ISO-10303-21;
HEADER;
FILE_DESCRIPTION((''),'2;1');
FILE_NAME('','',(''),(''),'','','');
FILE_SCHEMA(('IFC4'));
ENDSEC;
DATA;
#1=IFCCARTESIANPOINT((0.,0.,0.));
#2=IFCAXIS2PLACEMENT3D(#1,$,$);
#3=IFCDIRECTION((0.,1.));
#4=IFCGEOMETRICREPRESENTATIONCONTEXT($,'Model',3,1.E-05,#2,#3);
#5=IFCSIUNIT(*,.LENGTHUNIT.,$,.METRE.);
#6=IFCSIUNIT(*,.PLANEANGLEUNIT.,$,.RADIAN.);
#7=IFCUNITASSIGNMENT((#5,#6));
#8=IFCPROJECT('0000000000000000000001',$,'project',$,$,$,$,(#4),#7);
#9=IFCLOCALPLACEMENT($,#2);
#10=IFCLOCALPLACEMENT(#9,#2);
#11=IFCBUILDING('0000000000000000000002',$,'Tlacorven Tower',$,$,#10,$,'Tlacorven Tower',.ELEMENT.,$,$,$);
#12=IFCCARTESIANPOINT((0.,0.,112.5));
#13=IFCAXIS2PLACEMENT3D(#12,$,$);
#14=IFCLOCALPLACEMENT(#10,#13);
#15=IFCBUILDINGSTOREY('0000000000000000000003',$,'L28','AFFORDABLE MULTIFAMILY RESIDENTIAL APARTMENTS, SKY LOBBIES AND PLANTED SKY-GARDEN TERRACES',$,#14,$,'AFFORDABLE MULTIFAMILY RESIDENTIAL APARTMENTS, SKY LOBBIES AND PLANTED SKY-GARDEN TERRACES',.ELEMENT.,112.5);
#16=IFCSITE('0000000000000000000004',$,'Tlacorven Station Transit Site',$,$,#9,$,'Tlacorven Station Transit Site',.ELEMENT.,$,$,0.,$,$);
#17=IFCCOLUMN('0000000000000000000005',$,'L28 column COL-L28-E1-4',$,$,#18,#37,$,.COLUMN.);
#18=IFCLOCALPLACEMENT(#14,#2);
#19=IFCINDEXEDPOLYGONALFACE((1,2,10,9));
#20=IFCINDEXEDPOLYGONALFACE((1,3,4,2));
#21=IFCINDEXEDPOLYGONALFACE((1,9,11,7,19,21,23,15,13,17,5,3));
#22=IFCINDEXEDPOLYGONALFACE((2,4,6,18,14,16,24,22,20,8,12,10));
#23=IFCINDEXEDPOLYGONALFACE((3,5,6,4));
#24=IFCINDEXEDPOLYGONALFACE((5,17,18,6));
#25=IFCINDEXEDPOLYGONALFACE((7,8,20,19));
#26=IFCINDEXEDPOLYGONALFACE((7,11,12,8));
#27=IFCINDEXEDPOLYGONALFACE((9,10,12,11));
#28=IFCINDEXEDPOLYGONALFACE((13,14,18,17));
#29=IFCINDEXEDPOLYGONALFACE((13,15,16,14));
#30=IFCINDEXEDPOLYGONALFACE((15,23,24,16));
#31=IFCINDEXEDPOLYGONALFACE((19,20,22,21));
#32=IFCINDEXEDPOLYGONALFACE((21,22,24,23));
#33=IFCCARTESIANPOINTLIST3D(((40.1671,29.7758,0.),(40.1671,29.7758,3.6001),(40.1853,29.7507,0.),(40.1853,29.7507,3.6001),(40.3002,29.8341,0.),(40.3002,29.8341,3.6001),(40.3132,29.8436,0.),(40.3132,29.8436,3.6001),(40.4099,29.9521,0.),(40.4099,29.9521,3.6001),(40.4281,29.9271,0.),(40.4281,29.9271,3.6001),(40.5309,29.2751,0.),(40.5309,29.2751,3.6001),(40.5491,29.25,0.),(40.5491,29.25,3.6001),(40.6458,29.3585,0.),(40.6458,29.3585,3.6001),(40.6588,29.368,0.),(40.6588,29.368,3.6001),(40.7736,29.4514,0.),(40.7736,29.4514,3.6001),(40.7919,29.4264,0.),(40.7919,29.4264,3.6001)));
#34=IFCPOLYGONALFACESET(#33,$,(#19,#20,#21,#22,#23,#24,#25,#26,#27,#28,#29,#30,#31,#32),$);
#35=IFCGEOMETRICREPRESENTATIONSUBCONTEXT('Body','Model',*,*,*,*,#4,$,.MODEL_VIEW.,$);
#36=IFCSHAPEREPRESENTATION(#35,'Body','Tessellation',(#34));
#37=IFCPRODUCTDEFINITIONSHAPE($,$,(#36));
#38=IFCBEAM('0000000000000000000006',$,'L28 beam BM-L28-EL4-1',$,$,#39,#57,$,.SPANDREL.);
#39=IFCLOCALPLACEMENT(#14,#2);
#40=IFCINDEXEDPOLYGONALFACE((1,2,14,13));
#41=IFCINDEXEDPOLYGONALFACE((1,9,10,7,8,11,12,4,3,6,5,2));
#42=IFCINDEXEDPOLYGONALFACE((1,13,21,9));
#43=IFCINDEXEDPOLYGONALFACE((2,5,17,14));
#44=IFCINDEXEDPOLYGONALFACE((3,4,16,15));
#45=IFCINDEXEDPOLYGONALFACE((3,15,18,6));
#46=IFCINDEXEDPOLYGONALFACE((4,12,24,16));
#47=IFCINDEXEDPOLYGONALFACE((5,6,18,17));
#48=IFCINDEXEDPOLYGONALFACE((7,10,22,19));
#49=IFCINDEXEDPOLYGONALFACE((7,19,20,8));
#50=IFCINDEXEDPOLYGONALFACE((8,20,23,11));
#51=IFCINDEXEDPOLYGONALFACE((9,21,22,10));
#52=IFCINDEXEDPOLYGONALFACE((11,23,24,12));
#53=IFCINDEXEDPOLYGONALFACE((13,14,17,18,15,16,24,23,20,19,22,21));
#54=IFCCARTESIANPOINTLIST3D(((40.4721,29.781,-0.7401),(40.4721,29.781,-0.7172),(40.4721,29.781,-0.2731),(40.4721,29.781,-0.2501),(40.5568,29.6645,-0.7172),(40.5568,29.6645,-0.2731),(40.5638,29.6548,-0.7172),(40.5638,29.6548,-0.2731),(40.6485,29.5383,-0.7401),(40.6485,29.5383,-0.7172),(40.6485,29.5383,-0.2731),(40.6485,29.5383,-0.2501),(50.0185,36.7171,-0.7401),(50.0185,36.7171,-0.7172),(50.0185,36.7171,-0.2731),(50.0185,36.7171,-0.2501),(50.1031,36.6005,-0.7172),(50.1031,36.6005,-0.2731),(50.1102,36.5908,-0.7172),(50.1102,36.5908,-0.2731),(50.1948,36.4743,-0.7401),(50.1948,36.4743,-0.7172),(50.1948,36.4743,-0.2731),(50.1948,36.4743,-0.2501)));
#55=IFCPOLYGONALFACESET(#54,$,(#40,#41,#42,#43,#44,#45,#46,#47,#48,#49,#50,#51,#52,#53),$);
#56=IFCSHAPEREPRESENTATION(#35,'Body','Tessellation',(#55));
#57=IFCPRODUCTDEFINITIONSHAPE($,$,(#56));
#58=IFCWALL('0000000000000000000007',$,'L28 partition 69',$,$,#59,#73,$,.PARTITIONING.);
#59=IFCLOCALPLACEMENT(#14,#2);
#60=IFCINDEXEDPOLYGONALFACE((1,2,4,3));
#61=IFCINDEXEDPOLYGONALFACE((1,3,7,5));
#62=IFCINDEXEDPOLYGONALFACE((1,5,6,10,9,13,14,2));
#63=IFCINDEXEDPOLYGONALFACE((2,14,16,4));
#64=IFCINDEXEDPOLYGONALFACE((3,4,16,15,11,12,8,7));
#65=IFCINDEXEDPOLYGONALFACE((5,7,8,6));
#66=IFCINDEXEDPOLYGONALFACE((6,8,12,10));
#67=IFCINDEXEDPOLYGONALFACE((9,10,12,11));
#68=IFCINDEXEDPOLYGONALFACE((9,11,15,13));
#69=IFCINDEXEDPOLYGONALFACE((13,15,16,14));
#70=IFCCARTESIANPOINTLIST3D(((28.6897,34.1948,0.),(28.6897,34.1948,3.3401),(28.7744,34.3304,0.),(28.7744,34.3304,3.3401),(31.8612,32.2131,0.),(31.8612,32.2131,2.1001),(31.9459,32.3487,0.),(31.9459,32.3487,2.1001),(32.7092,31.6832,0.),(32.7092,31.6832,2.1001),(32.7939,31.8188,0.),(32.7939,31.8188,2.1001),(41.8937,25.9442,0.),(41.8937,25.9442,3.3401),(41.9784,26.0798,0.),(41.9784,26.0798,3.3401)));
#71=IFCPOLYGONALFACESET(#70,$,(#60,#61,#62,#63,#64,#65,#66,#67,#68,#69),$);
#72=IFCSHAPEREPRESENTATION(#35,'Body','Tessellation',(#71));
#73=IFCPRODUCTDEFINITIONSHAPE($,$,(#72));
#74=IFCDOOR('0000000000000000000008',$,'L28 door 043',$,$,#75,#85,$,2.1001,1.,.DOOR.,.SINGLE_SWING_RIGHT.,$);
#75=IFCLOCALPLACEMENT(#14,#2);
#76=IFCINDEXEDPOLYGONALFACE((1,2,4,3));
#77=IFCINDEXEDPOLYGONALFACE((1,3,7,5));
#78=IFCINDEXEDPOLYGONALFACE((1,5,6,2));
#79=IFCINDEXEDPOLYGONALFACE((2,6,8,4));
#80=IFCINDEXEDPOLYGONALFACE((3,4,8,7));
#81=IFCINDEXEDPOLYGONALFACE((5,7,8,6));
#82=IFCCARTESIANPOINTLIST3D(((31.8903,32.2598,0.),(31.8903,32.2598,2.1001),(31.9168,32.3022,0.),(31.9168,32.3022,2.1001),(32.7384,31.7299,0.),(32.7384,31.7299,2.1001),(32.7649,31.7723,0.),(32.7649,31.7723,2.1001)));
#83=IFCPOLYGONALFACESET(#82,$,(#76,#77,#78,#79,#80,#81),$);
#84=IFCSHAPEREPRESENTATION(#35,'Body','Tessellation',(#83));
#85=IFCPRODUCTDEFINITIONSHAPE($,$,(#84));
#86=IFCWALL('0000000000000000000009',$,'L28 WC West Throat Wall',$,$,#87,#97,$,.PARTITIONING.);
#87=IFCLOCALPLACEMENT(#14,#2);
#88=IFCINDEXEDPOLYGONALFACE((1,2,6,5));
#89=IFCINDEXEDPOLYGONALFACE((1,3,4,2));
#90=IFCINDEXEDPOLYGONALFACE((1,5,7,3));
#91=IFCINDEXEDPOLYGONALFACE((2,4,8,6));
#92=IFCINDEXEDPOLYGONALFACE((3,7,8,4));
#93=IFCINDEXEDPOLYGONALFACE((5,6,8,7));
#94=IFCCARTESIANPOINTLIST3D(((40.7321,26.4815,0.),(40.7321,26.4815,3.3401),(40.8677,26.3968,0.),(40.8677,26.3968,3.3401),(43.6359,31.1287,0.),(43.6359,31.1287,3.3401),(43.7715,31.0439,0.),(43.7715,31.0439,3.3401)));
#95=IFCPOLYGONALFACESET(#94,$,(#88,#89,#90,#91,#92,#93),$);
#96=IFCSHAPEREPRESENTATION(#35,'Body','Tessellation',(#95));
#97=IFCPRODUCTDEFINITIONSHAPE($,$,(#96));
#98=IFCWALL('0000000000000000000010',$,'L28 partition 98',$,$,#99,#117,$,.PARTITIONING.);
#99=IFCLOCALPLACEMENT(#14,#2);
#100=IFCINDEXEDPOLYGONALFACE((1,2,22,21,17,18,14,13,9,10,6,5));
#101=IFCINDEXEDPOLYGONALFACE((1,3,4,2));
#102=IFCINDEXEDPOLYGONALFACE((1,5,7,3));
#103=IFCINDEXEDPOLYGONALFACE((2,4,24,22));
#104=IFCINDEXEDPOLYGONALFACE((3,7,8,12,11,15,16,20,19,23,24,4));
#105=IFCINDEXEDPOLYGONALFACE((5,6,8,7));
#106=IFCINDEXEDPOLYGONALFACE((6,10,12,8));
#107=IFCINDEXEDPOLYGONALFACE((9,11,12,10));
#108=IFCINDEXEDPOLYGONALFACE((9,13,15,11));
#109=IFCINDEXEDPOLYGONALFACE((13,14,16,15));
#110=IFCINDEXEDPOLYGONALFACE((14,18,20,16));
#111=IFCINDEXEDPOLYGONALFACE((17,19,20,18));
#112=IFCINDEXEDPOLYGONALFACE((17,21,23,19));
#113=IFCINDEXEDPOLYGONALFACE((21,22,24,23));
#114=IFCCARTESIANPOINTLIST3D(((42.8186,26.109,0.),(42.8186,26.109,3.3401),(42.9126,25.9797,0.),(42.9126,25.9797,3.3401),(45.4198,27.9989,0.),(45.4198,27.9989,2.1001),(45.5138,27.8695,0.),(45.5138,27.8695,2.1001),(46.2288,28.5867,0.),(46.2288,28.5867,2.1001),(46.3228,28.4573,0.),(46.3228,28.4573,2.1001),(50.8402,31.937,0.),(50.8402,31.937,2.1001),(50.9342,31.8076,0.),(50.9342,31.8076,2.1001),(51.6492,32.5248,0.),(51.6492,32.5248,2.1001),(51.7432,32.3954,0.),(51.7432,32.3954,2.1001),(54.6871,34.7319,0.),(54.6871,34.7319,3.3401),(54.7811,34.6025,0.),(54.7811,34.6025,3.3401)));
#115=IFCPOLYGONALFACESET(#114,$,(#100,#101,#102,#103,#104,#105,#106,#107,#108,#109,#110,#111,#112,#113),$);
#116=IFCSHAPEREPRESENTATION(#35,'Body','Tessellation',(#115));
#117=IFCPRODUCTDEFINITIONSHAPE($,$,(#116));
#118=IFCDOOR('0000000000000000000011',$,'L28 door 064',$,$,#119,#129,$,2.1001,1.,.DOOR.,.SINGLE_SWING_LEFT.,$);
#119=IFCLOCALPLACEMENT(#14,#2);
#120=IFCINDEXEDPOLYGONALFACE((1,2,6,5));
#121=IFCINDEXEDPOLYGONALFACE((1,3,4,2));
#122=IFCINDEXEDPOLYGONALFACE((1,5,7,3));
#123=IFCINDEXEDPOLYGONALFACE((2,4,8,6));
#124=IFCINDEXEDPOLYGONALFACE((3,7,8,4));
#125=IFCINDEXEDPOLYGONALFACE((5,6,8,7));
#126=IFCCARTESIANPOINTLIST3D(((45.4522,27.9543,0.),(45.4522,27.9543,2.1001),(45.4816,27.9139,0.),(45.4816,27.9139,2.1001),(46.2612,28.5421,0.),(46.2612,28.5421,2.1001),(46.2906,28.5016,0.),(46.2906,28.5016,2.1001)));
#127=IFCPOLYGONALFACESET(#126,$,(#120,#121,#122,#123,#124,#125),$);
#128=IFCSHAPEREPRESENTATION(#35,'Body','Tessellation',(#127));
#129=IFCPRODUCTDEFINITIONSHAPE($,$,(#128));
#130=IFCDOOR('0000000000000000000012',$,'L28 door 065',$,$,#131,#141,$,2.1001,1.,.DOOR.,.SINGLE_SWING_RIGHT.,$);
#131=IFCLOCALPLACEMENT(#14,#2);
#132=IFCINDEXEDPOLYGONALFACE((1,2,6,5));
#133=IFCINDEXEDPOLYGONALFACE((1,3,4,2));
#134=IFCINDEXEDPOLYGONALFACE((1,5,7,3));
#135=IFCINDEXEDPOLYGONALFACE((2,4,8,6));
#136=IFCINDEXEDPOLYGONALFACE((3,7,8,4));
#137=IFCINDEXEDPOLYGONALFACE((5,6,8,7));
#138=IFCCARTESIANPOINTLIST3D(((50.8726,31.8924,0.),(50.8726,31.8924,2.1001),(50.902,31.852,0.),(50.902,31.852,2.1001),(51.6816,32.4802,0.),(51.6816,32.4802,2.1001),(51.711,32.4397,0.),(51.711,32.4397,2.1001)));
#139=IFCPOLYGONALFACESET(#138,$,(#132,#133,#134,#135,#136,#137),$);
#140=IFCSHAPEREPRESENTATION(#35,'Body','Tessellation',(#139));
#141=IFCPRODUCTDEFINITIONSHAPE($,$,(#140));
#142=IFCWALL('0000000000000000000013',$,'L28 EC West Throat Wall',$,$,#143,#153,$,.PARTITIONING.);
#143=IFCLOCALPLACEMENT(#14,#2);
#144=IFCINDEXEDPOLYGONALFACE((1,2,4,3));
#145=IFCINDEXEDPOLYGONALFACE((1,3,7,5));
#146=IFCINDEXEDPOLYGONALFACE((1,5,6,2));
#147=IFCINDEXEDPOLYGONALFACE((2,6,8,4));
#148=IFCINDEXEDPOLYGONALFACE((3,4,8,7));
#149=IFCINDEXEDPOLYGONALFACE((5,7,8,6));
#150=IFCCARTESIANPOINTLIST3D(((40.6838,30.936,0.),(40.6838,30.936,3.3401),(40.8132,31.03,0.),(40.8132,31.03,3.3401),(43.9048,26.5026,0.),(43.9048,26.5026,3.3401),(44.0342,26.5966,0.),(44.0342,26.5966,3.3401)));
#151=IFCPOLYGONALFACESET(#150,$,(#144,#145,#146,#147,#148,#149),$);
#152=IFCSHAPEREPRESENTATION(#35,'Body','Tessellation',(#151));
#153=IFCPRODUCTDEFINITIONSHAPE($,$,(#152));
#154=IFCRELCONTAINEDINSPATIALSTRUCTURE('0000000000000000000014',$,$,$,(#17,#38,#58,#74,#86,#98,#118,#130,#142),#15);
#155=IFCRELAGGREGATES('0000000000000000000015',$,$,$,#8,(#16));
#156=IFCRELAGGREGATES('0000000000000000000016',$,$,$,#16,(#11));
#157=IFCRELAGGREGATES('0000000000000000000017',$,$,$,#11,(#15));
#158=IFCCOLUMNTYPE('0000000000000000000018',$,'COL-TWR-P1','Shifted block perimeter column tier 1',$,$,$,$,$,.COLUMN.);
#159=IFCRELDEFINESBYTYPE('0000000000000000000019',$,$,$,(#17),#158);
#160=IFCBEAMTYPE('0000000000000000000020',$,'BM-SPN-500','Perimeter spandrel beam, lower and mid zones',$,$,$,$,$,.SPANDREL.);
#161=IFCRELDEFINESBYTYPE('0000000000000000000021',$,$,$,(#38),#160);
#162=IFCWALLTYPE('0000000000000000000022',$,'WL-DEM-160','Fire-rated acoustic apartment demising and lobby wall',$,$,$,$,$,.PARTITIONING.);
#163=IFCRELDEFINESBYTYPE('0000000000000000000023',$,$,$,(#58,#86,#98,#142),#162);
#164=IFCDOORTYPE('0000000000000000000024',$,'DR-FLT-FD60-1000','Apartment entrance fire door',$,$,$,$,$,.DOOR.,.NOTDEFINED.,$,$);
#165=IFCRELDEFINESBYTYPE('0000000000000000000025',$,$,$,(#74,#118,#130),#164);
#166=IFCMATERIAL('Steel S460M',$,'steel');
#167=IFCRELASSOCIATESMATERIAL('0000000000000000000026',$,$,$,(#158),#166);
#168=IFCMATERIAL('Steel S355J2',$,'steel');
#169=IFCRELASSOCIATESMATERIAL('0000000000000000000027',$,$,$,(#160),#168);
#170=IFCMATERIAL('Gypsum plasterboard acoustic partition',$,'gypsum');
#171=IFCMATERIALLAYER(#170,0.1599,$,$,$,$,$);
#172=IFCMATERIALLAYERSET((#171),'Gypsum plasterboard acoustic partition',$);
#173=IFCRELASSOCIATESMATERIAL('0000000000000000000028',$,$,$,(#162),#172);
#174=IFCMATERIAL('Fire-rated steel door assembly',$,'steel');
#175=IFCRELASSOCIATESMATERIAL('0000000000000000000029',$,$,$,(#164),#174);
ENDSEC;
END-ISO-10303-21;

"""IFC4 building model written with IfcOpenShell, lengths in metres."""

from ifc_helpers import new_model, si_unit, direction, frame, frame_2d, origin, origin_2d, place, context, subcontext, project, spatial, rectangle, i_section, extrude, source, transform, mapped, material, layer, layer_set, material_profile, profile_set, type_object, element, fill, save


model = new_model("IFC4")

# Units and contexts
model_context = context("Model", 3, precision=1e-05, world=origin(), true_north=direction((0.0, 1.0)))
body_context = subcontext(model_context, "Body", "Model", "MODEL_VIEW")
ifc_project = project(units=[si_unit("LENGTHUNIT", "METRE"), si_unit("PLANEANGLEUNIT", "RADIAN")], contexts=[model_context])

# Site, building, storey
site_placement = place(None, origin())
site = spatial("IfcSite", under=ifc_project, at=site_placement, Name="Tlacorven Station Transit Site", LongName="Tlacorven Station Transit Site", CompositionType="ELEMENT", RefElevation=0.0)
building_placement = place(site_placement, origin())
building = spatial("IfcBuilding", under=site, at=building_placement, Name="Tlacorven Tower", LongName="Tlacorven Tower", CompositionType="ELEMENT")
storey_placement = place(building_placement, frame((0.0, 0.0, 112.5)))
storey = spatial("IfcBuildingStorey", under=building, at=storey_placement, Name="L28", Description="AFFORDABLE MULTIFAMILY RESIDENTIAL APARTMENTS, SKY LOBBIES AND PLANTED SKY-GARDEN TERRACES", LongName="AFFORDABLE MULTIFAMILY RESIDENTIAL APARTMENTS, SKY LOBBIES AND PLANTED SKY-GARDEN TERRACES", CompositionType="ELEMENT", Elevation=112.5)

# Column
ifc_material_1 = material(Name="Steel S460M", Category="steel")
ifc_material_profile_1 = material_profile(ifc_material_1, i_section(OverallWidth=0.3, OverallDepth=0.6499, WebThickness=0.0161, FlangeThickness=0.031, at=origin_2d()), Name="HEB 650")
ifc_profile_set_1 = profile_set([ifc_material_profile_1], Name="Steel S460M")
column_type = type_object("IfcColumnType", Name="COL-TWR-P1", Description="Shifted block perimeter column tier 1", PredefinedType="COLUMN", material=ifc_profile_set_1)
shared_shape_1 = source(origin(), body_context, "Body", "SweptSolid", [
    extrude(i_section(OverallWidth=0.3, OverallDepth=0.6499, WebThickness=0.0161, FlangeThickness=0.031, at=origin_2d()), origin(), (0.0, 0.0, 1.0), 3.6001),
])
column_placement = place(storey_placement, frame((40.4795, 29.6011, 0.0), z_axis=(0.0, 0.0, 1.0), x_axis=(0.809017, 0.587785, 0.0)))
element("IfcColumn", 1, at=column_placement, inside=storey, type_object=column_type, Name="L28 column COL-L28-E1-4", PredefinedType="COLUMN", context=body_context, shape_type="MappedRepresentation", body=[
    mapped(shared_shape_1, transform((0.0, 0.0, 0.0), scale=1.0)),
])

# Beam
ifc_material_2 = material(Name="Steel S355J2", Category="steel")
ifc_material_profile_2 = material_profile(ifc_material_2, i_section(OverallWidth=0.3, OverallDepth=0.49, WebThickness=0.012, FlangeThickness=0.0229, at=origin_2d()), Name="HEA 500")
ifc_profile_set_2 = profile_set([ifc_material_profile_2], Name="Steel S355J2")
beam_type = type_object("IfcBeamType", Name="BM-SPN-500", Description="Perimeter spandrel beam, lower and mid zones", PredefinedType="SPANDREL", material=ifc_profile_set_2)
shared_shape_2 = source(origin(), body_context, "Body", "SweptSolid", [
    extrude(i_section(OverallWidth=0.3, OverallDepth=0.49, WebThickness=0.012, FlangeThickness=0.0229, at=origin_2d()), origin(), (0.0, 0.0, 1.0), 11.8),
])
beam_placement = place(storey_placement, frame((40.5603, 29.6597, -0.4951), z_axis=(0.80901, 0.587795, 0.0), x_axis=(-0.587795, 0.80901, 0.0)))
element("IfcBeam", 2, at=beam_placement, inside=storey, type_object=beam_type, Name="L28 beam BM-L28-EL4-1", PredefinedType="SPANDREL", context=body_context, shape_type="MappedRepresentation", body=[
    mapped(shared_shape_2, transform((0.0, 0.0, 0.0), scale=1.0)),
])

# Wall, opening, door
ifc_material_3 = material(Name="Gypsum plasterboard acoustic partition", Category="gypsum")
ifc_layer_1 = layer(ifc_material_3, 0.1599)
ifc_layer_set_1 = layer_set([ifc_layer_1], Name="Gypsum plasterboard acoustic partition")
wall_type_1 = type_object("IfcWallType", Name="WL-DEM-160", Description="Fire-rated acoustic apartment demising and lobby wall", PredefinedType="PARTITIONING", material=ifc_layer_set_1)
wall_1_placement = place(storey_placement, frame((41.936, 26.012, 0.0), z_axis=(0.0, 0.0, 1.0), x_axis=(-0.848051, 0.529914, 0.0)))
wall_1 = element("IfcWall", 3, at=wall_1_placement, inside=storey, type_object=wall_type_1, Name="L28 partition 69", PredefinedType="PARTITIONING", context=body_context, shape_type="SweptSolid", body=[
    extrude(rectangle(XDim=15.5698, YDim=0.1599, at=frame_2d((7.7849, 0.0))), origin(), (0.0, 0.0, 1.0), 3.3401),
])
opening_1_placement = place(wall_1_placement, frame((10.8301, 0.0, 0.0)))
opening_1 = element("IfcOpeningElement", 4, at=opening_1_placement, cuts=wall_1, PredefinedType="OPENING", context=body_context, shape_type="SweptSolid", body=[
    extrude(rectangle(XDim=1.0, YDim=2.1001, at=frame_2d((0.5, 1.05))), frame((0.0, 0.0898, 0.0), z_axis=(0.0, -1.0, 0.0), x_axis=(1.0, 0.0, 0.0)), (0.0, 0.0, 1.0), 0.1799),
])
ifc_material_4 = material(Name="Fire-rated steel door assembly", Category="steel")
door_type_1 = type_object("IfcDoorType", Name="DR-FLT-FD60-1000", Description="Apartment entrance fire door", OperationType="NOTDEFINED", PredefinedType="DOOR", material=ifc_material_4)
shared_shape_3 = source(origin(), body_context, "Body", "SweptSolid", [
    extrude(rectangle(XDim=1.0, YDim=2.1001, at=frame_2d((0.5, 1.05))), frame((0.0, 0.0249, 0.0), z_axis=(0.0, -1.0, 0.0), x_axis=(1.0, 0.0, 0.0)), (0.0, 0.0, 1.0), 0.05),
])
door_1_placement = place(opening_1_placement, origin())
door_1 = element("IfcDoor", 5, at=door_1_placement, inside=storey, type_object=door_type_1, Name="L28 door 043", OperationType="SINGLE_SWING_RIGHT", OverallHeight=2.1001, OverallWidth=1.0, PredefinedType="DOOR", context=body_context, shape_type="MappedRepresentation", body=[
    mapped(shared_shape_3, transform((0.0, 0.0, 0.0), scale=1.0)),
])
fill(opening_1, door_1)

# Wall
wall_2_placement = place(storey_placement, frame((43.7036, 31.0862, 0.0), z_axis=(0.0, 0.0, 1.0), x_axis=(-0.529907, -0.848056, 0.0)))
element("IfcWall", 6, at=wall_2_placement, inside=storey, type_object=wall_type_1, Name="L28 WC West Throat Wall", PredefinedType="PARTITIONING", context=body_context, shape_type="SweptSolid", body=[
    extrude(rectangle(XDim=5.4797, YDim=0.1599, at=frame_2d((2.7397, 0.0))), origin(), (0.0, 0.0, 1.0), 3.3401),
])

# Wall, openings, doors
wall_3_placement = place(storey_placement, frame((42.8657, 26.0444, 0.0), z_axis=(0.0, 0.0, 1.0), x_axis=(0.80902, 0.587781, 0.0)))
wall_3 = element("IfcWall", 7, at=wall_3_placement, inside=storey, type_object=wall_type_1, Name="L28 partition 98", PredefinedType="PARTITIONING", context=body_context, shape_type="SweptSolid", body=[
    extrude(rectangle(XDim=14.6702, YDim=0.1599, at=frame_2d((7.335, 0.0))), origin(), (0.0, 0.0, 1.0), 3.3401),
])
opening_2_placement = place(wall_3_placement, frame((3.2151, 0.0, 0.0)))
opening_2 = element("IfcOpeningElement", 8, at=opening_2_placement, cuts=wall_3, PredefinedType="OPENING", context=body_context, shape_type="SweptSolid", body=[
    extrude(rectangle(XDim=1.0, YDim=2.1001, at=frame_2d((0.5, 1.05))), frame((0.0, 0.0898, 0.0), z_axis=(0.0, -1.0, 0.0), x_axis=(1.0, 0.0, 0.0)), (0.0, 0.0, 1.0), 0.1799),
])
opening_3_placement = place(wall_3_placement, frame((9.915, 0.0, 0.0)))
opening_3 = element("IfcOpeningElement", 9, at=opening_3_placement, cuts=wall_3, PredefinedType="OPENING", context=body_context, shape_type="SweptSolid", body=[
    extrude(rectangle(XDim=1.0, YDim=2.1001, at=frame_2d((0.5, 1.05))), frame((0.0, 0.0898, 0.0), z_axis=(0.0, -1.0, 0.0), x_axis=(1.0, 0.0, 0.0)), (0.0, 0.0, 1.0), 0.1799),
])
door_2_placement = place(opening_2_placement, origin())
door_2 = element("IfcDoor", 10, at=door_2_placement, inside=storey, type_object=door_type_1, Name="L28 door 064", OperationType="SINGLE_SWING_LEFT", OverallHeight=2.1001, OverallWidth=1.0, PredefinedType="DOOR", context=body_context, shape_type="MappedRepresentation", body=[
    mapped(shared_shape_3, transform((0.0, 0.0, 0.0), scale=1.0)),
])
fill(opening_2, door_2)
door_3_placement = place(opening_3_placement, origin())
door_3 = element("IfcDoor", 11, at=door_3_placement, inside=storey, type_object=door_type_1, Name="L28 door 065", OperationType="SINGLE_SWING_RIGHT", OverallHeight=2.1001, OverallWidth=1.0, PredefinedType="DOOR", context=body_context, shape_type="MappedRepresentation", body=[
    mapped(shared_shape_3, transform((0.0, 0.0, 0.0), scale=1.0)),
])
fill(opening_3, door_3)

# Wall
wall_4_placement = place(storey_placement, frame((43.9695, 26.5496, 0.0), z_axis=(0.0, 0.0, 1.0), x_axis=(-0.587777, 0.809023, 0.0)))
element("IfcWall", 12, at=wall_4_placement, inside=storey, type_object=wall_type_1, Name="L28 EC West Throat Wall", PredefinedType="PARTITIONING", context=body_context, shape_type="SweptSolid", body=[
    extrude(rectangle(XDim=5.48, YDim=0.1599, at=frame_2d((2.74, 0.0))), origin(), (0.0, 0.0, 1.0), 3.3401),
])

save(model, "model.ifc")
